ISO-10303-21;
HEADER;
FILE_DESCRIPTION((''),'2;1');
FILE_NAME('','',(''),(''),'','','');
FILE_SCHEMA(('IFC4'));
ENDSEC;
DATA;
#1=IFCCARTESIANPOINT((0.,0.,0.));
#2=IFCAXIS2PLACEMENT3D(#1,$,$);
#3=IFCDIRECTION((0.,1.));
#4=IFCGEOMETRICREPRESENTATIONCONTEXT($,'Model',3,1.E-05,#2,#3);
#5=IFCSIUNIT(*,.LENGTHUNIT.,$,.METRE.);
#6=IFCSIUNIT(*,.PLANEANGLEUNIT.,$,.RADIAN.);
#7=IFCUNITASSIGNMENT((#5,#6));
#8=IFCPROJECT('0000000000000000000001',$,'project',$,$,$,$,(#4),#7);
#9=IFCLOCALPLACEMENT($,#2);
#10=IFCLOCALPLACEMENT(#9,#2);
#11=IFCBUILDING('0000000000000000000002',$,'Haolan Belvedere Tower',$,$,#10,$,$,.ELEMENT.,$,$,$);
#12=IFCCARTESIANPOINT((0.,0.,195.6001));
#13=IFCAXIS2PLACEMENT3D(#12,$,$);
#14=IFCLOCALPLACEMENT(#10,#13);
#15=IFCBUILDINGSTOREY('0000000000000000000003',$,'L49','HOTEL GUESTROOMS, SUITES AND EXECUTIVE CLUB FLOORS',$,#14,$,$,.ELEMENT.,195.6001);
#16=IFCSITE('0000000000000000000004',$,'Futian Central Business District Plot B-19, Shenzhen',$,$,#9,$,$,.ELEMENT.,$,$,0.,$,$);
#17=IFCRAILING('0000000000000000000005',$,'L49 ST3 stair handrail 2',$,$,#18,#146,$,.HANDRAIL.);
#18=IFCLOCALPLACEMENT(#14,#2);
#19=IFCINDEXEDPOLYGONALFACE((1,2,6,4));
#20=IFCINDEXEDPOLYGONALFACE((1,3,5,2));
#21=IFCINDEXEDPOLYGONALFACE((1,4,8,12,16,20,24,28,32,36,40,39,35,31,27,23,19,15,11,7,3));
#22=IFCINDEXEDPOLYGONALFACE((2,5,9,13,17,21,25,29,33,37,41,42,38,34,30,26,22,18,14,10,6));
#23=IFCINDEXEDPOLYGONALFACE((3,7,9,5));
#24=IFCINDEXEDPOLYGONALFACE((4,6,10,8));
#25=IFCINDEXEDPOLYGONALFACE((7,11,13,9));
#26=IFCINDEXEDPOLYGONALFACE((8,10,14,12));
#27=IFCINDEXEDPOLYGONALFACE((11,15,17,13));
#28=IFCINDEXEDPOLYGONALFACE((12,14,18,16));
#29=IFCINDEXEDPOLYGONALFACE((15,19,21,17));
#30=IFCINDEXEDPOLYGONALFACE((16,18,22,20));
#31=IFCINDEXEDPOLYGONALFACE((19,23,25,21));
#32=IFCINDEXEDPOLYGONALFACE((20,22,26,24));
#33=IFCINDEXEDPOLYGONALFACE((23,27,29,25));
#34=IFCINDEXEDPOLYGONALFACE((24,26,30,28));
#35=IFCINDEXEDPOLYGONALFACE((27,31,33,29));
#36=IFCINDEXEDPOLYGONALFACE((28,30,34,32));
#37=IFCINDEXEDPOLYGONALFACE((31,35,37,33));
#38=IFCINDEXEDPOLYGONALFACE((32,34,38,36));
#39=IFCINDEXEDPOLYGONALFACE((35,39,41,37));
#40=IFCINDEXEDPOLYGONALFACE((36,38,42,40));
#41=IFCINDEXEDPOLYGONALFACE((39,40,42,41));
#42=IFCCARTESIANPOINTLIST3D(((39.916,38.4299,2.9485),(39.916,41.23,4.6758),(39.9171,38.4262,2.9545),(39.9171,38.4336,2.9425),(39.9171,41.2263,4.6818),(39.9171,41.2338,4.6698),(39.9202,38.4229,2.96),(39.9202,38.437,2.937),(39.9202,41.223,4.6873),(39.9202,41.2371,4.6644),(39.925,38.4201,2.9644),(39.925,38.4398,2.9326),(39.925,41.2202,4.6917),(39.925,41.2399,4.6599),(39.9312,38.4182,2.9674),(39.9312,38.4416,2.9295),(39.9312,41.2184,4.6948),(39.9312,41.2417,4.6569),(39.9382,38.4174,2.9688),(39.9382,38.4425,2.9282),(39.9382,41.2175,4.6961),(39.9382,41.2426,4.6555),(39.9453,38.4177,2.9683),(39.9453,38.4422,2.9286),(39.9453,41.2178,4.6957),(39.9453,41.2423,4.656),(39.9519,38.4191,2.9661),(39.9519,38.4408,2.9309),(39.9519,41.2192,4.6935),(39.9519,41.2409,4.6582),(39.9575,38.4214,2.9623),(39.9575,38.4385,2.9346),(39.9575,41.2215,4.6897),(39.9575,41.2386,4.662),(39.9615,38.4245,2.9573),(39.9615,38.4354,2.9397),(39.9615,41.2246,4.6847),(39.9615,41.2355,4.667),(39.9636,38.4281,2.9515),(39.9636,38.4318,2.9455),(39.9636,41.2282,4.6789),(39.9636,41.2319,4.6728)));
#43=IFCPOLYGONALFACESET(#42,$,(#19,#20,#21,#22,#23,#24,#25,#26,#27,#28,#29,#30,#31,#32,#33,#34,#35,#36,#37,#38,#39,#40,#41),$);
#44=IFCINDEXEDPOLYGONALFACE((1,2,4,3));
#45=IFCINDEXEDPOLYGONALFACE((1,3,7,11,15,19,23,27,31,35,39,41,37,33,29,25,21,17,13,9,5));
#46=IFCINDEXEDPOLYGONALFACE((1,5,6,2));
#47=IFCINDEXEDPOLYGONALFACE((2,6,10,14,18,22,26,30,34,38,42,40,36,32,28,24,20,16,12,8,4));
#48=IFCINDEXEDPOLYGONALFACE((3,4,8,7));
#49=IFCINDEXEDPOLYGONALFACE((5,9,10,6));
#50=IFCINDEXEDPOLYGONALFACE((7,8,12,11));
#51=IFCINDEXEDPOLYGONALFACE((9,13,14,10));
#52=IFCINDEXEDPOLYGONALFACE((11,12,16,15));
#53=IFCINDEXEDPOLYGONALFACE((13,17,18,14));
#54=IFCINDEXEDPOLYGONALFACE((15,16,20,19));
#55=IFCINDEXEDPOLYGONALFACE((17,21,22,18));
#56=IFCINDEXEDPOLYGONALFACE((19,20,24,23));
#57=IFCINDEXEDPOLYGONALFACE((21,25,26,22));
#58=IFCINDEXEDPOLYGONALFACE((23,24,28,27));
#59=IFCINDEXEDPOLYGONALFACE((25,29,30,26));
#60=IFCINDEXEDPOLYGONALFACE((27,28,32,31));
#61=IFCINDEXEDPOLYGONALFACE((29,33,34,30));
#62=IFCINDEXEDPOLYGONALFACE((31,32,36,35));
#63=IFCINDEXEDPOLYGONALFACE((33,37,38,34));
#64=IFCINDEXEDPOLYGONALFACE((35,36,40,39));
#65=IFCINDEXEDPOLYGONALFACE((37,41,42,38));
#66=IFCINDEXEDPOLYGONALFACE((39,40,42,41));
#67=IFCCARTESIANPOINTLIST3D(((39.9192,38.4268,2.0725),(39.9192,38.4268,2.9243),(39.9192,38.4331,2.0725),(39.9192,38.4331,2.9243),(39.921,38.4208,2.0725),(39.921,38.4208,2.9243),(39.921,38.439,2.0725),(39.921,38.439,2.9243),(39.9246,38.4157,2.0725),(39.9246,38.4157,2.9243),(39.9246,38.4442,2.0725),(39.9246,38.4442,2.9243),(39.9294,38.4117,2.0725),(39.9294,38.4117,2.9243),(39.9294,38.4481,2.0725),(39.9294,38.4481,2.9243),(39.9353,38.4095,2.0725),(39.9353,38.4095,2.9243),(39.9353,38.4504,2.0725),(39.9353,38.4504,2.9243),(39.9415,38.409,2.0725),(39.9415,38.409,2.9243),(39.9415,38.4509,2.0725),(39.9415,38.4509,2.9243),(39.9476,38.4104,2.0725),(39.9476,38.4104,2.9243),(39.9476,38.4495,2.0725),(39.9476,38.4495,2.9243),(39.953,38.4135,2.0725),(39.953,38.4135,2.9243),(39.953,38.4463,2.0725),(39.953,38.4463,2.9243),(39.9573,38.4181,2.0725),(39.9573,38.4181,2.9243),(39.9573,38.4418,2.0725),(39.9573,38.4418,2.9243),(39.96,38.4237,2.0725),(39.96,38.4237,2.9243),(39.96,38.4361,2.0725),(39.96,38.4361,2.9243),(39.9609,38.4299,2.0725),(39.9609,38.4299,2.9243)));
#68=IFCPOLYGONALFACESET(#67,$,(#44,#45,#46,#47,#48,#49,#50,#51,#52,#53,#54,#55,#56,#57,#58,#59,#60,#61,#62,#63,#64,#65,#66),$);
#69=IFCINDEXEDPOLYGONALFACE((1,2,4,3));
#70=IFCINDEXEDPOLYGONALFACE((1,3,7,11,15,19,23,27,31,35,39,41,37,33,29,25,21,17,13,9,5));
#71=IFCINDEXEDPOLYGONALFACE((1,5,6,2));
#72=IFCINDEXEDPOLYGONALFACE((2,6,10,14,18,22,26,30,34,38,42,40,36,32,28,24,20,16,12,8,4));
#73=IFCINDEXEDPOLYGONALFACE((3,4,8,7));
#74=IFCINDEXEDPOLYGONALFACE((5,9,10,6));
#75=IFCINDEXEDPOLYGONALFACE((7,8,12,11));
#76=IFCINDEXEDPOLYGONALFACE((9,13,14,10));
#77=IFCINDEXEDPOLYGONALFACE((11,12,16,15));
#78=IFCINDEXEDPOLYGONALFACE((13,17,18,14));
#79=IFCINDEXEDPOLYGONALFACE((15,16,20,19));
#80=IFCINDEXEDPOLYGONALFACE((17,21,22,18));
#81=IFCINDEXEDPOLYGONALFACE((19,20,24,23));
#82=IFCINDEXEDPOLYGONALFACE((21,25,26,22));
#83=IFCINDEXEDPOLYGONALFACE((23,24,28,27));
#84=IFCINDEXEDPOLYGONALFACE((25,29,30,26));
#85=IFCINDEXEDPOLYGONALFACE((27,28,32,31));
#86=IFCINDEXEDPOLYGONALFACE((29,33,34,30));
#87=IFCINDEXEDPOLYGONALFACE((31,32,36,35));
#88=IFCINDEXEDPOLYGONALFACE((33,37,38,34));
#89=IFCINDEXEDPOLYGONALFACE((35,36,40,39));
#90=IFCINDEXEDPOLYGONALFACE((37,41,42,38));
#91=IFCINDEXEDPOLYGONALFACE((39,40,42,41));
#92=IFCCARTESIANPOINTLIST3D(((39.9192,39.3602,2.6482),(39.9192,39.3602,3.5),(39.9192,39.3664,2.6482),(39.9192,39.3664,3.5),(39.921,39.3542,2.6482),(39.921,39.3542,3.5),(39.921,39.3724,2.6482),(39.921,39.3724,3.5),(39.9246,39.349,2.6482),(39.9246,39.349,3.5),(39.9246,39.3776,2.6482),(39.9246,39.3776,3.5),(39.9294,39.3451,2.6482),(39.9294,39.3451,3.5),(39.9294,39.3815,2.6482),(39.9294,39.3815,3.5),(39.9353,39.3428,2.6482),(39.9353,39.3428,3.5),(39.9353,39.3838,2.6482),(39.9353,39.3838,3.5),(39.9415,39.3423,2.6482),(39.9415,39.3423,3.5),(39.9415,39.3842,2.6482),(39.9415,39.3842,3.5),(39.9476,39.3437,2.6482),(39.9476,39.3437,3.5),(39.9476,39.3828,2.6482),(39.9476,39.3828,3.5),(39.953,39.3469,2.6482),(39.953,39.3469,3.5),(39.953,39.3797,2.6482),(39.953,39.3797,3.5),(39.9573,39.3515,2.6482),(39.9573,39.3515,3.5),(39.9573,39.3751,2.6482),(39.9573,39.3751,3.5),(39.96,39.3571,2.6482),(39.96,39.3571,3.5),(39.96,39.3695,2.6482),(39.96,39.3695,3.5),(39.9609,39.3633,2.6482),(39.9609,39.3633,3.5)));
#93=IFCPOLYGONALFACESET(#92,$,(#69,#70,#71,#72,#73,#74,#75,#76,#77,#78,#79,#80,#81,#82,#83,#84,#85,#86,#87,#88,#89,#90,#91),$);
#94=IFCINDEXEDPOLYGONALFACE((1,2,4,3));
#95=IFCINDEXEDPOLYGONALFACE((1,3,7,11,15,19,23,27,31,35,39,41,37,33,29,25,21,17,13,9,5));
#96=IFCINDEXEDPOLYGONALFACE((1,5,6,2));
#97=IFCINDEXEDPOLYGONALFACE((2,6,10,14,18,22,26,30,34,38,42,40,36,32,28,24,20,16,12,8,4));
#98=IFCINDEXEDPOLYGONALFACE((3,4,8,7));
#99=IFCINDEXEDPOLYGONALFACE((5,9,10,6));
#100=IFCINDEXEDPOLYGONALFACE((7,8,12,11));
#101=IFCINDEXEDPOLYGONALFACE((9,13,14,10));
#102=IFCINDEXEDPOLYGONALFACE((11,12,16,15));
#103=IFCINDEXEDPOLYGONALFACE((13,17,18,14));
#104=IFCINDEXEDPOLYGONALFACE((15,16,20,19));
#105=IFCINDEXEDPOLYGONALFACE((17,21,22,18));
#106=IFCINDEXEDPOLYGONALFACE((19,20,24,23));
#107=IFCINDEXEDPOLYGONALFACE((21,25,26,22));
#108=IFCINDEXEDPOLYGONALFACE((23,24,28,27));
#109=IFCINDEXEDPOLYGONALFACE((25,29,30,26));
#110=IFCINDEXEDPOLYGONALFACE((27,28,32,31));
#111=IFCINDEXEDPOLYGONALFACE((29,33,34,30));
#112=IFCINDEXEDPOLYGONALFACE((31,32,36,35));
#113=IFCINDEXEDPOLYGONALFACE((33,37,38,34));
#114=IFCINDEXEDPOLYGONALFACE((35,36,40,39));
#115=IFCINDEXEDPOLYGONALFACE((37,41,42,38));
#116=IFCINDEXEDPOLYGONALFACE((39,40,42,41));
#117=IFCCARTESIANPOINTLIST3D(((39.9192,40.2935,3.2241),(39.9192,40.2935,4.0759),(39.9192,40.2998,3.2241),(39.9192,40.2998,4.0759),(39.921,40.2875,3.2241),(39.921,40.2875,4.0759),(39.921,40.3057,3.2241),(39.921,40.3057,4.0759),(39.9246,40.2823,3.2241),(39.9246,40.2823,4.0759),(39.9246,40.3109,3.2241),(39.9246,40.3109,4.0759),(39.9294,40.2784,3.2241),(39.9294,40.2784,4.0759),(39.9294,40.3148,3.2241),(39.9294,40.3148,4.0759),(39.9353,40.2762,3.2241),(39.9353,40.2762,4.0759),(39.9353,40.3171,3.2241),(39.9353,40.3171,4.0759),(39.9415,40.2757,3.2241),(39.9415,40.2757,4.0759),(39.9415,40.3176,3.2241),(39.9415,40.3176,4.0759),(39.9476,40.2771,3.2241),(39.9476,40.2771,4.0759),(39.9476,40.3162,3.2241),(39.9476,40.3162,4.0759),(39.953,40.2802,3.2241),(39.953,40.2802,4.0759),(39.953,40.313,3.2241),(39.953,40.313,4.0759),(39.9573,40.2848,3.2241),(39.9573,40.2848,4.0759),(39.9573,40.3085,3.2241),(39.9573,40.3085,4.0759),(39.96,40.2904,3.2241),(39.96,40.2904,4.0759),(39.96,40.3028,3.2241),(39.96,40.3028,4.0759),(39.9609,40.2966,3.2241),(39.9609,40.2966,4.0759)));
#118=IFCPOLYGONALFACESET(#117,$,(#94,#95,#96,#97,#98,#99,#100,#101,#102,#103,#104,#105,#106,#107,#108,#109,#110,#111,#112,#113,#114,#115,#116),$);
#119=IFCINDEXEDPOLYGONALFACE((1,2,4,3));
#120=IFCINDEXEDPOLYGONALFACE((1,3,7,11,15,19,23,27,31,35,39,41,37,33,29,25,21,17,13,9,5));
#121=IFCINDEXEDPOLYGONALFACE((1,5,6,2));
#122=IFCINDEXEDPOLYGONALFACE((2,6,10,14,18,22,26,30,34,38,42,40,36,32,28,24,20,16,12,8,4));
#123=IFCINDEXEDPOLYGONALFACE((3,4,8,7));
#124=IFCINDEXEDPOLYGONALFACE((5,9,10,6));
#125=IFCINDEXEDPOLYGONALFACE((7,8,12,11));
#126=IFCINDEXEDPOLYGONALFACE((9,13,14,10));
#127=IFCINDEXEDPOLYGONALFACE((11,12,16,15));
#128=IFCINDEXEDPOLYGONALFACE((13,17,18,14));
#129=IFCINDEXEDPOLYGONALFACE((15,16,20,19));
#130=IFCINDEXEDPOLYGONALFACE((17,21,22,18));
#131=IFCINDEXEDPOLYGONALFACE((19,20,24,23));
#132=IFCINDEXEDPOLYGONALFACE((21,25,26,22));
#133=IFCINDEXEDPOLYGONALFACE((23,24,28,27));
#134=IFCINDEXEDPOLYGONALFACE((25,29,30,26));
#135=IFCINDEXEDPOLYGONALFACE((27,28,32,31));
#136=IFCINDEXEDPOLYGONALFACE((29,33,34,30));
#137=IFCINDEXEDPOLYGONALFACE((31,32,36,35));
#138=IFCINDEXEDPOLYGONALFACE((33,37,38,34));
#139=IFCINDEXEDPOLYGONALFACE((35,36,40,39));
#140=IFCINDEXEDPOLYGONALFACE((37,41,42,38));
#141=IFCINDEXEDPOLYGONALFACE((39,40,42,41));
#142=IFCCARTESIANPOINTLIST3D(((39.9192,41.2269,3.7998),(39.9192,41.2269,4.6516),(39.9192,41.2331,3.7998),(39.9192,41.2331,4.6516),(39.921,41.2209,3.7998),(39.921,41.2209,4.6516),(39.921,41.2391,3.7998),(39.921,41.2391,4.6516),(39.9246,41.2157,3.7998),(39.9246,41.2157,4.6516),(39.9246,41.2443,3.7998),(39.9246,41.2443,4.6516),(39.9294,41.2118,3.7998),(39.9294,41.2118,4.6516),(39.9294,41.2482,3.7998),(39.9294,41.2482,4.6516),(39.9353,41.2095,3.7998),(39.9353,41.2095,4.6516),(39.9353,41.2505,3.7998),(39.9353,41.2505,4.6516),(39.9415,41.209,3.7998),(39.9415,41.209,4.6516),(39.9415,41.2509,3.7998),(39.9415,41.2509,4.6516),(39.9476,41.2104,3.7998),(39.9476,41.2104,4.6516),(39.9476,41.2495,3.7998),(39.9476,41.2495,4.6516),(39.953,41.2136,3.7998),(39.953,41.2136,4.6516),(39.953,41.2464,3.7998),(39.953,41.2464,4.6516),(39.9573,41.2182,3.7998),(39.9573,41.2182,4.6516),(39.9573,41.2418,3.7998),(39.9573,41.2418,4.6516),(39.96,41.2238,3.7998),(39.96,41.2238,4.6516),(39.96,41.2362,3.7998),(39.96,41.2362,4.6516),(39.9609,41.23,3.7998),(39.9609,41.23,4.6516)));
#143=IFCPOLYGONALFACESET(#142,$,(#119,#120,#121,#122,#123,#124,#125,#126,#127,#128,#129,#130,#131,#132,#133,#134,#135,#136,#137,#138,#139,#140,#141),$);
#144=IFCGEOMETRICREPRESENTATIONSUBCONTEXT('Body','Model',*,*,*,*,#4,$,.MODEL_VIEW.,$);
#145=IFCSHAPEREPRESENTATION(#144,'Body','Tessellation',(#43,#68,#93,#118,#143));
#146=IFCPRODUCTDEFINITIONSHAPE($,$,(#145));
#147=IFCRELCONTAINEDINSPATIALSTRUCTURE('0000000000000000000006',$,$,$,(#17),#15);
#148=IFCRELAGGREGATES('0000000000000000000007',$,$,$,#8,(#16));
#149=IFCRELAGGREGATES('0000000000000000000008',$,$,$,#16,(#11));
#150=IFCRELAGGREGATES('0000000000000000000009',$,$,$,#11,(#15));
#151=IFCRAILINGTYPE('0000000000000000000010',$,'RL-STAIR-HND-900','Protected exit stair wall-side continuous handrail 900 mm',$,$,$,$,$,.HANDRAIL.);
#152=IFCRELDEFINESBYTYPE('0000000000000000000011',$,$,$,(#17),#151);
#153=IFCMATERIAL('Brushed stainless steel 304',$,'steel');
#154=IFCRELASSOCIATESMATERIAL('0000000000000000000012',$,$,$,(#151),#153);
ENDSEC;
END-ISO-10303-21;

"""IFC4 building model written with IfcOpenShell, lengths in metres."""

from ifc_helpers import new_model, si_unit, direction, frame, origin, origin_2d, place, context, subcontext, project, spatial, circle, extrude, material, type_object, element, save


model = new_model("IFC4")

# Units and contexts
model_context = context("Model", 3, precision=1e-05, world=origin(), true_north=direction((0.0, 1.0)))
body_context = subcontext(model_context, "Body", "Model", "MODEL_VIEW")
ifc_project = project(units=[si_unit("LENGTHUNIT", "METRE"), si_unit("PLANEANGLEUNIT", "RADIAN")], contexts=[model_context])

# Site, building, storey
site_placement = place(None, origin())
site = spatial("IfcSite", under=ifc_project, at=site_placement, Name="Futian Central Business District Plot B-19, Shenzhen", CompositionType="ELEMENT", RefElevation=0.0)
building_placement = place(site_placement, origin())
building = spatial("IfcBuilding", under=site, at=building_placement, Name="Haolan Belvedere Tower", CompositionType="ELEMENT")
storey_placement = place(building_placement, frame((0.0, 0.0, 195.6001)))
storey = spatial("IfcBuildingStorey", under=building, at=storey_placement, Name="L49", Description="HOTEL GUESTROOMS, SUITES AND EXECUTIVE CLUB FLOORS", CompositionType="ELEMENT", Elevation=195.6001)

# Railing
ifc_material_1 = material(Name="Brushed stainless steel 304", Category="steel")
railing_type_1 = type_object("IfcRailingType", Name="RL-STAIR-HND-900", Description="Protected exit stair wall-side continuous handrail 900 mm", PredefinedType="HANDRAIL", material=ifc_material_1)
railing_1_placement = place(storey_placement, frame((39.9399, 38.4299, 2.0725)))
element("IfcRailing", 1, at=railing_1_placement, inside=storey, type_object=railing_type_1, Name="L49 ST3 stair handrail 2", PredefinedType="HANDRAIL", context=body_context, shape_type="SweptSolid", body=[
    extrude(circle(Radius=0.0239, at=origin_2d()), frame((0.0, 0.0, 0.876), z_axis=(0.0, 0.85109, 0.52502), x_axis=(-1.0, 0.0, 0.0)), (0.0, 0.0, 1.0), 3.29),
    extrude(circle(Radius=0.021, at=origin_2d()), origin(), (0.0, 0.0, 1.0), 0.8518),
    extrude(circle(Radius=0.021, at=origin_2d()), frame((0.0, 0.9333, 0.5757)), (0.0, 0.0, 1.0), 0.8518),
    extrude(circle(Radius=0.021, at=origin_2d()), frame((0.0, 1.8667, 1.1516)), (0.0, 0.0, 1.0), 0.8518),
    extrude(circle(Radius=0.021, at=origin_2d()), frame((0.0, 2.8, 1.7273)), (0.0, 0.0, 1.0), 0.8518),
])

save(model, "model.ifc")
